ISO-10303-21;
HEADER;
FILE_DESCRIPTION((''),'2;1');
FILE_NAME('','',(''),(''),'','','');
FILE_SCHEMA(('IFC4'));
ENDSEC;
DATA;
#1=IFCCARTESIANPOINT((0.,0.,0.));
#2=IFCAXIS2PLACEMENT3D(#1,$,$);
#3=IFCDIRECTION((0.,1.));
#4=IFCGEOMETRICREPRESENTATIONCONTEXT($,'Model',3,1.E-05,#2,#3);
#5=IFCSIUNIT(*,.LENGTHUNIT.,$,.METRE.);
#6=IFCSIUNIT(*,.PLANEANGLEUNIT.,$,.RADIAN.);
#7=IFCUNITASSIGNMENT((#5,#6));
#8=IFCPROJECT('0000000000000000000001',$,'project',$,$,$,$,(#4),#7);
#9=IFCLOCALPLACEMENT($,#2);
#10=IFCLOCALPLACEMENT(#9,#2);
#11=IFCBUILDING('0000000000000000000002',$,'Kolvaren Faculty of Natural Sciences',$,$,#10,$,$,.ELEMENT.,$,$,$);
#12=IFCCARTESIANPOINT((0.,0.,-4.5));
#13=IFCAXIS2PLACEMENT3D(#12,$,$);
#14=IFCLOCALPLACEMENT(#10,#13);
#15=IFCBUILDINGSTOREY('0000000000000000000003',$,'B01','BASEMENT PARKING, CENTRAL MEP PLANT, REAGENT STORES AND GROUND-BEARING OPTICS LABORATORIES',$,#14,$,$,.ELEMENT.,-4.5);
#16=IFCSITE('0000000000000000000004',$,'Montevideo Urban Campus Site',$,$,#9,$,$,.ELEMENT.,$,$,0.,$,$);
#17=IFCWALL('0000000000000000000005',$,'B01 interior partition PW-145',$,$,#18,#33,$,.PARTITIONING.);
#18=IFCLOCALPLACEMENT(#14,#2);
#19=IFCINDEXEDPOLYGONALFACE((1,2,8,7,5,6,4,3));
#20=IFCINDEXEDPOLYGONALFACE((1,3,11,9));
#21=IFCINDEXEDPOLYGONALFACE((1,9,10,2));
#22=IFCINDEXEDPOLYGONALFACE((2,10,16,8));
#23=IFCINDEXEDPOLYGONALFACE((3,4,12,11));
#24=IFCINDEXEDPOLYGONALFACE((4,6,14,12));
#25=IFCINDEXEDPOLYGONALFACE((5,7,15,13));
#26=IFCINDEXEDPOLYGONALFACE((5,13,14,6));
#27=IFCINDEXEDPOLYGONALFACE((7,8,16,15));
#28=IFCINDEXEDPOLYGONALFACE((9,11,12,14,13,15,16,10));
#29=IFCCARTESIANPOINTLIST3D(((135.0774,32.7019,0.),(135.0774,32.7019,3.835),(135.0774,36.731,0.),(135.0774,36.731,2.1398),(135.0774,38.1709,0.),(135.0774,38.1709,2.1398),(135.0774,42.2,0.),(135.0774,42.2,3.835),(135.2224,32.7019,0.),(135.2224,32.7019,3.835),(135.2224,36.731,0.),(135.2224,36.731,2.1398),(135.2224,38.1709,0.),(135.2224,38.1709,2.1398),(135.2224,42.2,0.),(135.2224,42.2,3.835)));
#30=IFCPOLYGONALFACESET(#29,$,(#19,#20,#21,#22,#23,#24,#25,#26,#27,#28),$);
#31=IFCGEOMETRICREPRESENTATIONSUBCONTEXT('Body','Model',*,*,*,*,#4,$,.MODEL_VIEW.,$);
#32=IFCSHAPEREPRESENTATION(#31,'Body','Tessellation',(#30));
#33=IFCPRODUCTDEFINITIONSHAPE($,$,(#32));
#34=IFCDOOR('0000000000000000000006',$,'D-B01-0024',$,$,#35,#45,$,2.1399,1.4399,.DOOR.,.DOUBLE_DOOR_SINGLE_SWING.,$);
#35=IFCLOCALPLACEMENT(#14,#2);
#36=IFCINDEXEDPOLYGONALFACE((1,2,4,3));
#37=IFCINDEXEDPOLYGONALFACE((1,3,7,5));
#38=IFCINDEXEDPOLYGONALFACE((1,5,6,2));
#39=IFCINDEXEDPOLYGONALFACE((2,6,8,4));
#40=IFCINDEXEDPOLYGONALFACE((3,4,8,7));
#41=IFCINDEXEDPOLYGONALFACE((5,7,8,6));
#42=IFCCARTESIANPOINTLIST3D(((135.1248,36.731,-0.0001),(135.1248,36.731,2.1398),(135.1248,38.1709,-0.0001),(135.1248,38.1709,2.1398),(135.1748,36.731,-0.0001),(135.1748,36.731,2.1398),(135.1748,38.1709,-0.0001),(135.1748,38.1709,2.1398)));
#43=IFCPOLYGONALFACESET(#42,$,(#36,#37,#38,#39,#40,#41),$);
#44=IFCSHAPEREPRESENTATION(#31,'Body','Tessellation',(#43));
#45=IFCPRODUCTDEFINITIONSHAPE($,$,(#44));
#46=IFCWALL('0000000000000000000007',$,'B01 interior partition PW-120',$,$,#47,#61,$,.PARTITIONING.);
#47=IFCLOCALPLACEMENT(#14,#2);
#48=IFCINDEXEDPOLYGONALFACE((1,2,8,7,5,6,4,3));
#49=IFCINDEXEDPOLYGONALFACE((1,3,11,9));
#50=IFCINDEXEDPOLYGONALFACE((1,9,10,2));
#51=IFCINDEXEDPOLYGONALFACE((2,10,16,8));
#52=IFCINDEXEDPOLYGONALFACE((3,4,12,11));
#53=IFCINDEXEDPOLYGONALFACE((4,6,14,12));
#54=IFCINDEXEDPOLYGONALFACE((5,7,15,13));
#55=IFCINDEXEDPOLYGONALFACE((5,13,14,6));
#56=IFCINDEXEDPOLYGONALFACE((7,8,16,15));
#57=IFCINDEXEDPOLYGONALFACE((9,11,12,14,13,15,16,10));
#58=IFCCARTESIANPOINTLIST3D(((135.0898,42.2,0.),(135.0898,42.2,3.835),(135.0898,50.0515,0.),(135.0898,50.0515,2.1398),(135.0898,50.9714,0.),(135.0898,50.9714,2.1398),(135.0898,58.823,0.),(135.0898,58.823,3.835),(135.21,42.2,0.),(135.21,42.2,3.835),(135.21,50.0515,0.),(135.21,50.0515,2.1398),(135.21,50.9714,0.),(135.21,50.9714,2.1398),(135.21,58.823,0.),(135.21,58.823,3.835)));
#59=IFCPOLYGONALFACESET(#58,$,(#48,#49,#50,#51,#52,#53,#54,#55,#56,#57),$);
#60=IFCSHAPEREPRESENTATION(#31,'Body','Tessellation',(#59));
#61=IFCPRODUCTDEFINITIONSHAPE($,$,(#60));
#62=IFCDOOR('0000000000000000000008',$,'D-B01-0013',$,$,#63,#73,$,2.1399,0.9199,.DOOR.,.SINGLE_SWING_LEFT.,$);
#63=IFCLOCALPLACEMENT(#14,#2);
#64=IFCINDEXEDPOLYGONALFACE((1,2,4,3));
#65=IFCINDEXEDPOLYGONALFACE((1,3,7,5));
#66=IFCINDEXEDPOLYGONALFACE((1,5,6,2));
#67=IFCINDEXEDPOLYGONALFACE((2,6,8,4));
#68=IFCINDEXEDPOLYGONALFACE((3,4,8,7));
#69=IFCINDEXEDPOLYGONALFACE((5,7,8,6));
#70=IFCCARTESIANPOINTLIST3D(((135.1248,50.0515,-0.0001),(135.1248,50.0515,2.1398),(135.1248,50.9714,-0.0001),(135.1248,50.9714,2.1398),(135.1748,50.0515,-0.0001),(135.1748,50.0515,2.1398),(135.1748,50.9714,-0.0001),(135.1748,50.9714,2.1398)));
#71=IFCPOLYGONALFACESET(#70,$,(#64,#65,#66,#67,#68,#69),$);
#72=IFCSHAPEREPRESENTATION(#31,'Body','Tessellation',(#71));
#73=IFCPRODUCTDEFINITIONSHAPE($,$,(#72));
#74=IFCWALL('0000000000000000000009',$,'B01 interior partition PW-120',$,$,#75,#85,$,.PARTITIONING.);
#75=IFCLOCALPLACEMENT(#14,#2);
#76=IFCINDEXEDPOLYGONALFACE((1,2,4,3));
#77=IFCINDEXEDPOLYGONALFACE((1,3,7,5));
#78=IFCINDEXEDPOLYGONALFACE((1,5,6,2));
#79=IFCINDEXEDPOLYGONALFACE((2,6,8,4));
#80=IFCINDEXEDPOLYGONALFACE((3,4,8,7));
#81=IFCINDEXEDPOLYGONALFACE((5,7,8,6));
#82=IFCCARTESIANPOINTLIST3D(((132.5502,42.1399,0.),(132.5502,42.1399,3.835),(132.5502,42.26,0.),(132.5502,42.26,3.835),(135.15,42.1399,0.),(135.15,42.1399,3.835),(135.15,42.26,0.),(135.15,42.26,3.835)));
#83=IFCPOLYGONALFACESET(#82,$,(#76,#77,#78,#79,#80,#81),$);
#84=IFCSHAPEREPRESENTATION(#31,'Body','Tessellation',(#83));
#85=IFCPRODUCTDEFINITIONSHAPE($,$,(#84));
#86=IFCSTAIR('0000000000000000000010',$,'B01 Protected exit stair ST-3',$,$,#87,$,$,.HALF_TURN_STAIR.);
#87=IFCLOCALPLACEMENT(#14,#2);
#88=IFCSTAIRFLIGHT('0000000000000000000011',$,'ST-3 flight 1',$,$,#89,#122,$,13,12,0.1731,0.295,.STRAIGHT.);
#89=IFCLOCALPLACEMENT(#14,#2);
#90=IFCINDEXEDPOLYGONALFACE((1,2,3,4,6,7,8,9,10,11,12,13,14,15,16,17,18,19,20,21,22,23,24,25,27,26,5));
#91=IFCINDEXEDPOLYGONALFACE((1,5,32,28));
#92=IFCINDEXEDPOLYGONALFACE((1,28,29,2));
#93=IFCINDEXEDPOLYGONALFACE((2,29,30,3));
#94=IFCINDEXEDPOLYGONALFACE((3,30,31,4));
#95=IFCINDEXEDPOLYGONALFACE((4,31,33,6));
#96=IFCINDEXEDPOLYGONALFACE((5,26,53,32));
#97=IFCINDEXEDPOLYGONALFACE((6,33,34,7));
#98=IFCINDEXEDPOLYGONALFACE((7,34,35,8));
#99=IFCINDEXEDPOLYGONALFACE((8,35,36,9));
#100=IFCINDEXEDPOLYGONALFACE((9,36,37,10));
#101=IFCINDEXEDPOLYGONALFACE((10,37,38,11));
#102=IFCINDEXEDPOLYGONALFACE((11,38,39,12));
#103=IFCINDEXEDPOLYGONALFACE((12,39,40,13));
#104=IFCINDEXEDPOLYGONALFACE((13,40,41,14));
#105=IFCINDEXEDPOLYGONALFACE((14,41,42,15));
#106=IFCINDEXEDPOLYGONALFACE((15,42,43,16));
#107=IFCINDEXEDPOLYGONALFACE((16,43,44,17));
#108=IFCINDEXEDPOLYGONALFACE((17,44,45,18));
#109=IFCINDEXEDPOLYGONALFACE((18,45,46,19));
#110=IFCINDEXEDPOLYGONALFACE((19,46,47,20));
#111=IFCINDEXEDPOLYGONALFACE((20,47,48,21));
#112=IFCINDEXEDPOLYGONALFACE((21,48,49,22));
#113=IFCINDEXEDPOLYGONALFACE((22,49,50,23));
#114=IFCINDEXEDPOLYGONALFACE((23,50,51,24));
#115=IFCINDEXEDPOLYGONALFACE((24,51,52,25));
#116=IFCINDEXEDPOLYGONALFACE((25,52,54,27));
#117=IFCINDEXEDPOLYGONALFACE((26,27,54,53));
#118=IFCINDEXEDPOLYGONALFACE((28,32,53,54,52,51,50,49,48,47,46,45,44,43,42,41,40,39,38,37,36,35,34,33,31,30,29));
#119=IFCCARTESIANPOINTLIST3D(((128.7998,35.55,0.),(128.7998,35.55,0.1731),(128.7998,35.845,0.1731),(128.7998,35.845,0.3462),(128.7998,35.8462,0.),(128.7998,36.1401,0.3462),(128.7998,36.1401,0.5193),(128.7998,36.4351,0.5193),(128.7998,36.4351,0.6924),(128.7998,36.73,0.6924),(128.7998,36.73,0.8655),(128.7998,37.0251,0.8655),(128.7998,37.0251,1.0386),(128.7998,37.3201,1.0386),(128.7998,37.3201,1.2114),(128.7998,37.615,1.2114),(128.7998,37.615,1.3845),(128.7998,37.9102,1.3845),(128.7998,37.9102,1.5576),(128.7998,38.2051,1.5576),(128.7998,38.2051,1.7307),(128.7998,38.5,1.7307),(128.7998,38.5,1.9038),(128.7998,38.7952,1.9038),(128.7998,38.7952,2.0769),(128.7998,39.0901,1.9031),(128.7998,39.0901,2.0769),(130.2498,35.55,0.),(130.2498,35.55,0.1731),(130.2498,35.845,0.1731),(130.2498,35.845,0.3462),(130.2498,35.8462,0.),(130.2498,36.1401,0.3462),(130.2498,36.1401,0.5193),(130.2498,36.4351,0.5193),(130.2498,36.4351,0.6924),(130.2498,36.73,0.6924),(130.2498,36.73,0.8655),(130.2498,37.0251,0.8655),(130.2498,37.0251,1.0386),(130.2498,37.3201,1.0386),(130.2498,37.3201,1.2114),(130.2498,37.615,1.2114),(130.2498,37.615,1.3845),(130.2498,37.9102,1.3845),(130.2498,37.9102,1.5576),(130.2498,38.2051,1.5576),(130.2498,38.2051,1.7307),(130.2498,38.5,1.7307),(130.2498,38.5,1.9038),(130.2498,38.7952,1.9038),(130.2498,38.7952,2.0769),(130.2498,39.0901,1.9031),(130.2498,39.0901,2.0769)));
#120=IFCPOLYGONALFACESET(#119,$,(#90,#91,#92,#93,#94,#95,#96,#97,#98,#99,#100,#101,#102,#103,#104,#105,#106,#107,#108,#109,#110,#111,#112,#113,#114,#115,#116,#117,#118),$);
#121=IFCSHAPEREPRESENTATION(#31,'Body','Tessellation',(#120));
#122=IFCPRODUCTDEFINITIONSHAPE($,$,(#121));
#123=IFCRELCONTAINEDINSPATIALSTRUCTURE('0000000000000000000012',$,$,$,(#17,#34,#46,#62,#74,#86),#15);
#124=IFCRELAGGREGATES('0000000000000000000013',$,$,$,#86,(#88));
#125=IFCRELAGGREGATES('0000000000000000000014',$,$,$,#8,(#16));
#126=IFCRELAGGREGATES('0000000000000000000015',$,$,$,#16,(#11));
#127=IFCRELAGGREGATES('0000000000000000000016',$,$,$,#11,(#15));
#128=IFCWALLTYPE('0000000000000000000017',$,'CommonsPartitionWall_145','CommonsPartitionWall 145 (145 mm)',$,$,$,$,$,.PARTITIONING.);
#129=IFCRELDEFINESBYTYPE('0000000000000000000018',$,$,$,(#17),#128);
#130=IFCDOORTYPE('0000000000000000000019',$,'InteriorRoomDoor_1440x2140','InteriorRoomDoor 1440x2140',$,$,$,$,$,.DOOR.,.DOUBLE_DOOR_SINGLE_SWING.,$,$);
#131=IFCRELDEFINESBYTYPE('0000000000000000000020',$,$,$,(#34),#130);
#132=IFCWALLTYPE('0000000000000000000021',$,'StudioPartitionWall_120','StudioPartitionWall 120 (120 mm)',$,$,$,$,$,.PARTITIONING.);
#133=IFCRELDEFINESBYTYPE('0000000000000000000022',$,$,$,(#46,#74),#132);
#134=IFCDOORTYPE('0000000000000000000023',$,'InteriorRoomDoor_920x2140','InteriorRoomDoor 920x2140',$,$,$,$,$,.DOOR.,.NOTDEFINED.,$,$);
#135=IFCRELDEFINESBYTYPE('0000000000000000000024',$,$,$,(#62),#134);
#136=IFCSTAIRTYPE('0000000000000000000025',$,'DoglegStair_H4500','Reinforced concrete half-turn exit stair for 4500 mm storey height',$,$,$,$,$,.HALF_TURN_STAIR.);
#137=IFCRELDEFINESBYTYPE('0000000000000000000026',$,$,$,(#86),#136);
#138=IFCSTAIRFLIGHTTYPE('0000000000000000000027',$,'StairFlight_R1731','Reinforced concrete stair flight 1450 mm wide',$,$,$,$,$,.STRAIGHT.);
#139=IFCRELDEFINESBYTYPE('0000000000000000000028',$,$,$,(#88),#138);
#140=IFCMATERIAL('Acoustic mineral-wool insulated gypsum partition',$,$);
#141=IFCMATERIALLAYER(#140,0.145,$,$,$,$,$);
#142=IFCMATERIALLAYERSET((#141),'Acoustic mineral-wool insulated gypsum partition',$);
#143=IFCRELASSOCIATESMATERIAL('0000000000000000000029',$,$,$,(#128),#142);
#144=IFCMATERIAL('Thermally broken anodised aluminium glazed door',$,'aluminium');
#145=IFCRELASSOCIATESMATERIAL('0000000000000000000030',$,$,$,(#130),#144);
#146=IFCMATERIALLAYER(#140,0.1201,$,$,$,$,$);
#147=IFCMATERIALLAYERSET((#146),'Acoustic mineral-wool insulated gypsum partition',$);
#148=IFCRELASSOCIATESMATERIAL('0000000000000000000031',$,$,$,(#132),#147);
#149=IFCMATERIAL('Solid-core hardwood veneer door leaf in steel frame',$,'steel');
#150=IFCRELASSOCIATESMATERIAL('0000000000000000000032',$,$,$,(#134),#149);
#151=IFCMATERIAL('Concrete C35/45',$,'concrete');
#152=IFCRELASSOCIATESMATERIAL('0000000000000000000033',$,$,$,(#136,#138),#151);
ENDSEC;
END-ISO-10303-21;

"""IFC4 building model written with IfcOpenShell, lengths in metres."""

from ifc_helpers import new_model, si_unit, direction, frame, frame_2d, origin, place, context, subcontext, project, spatial, polyline, rectangle, outline, extrude, material, layer, layer_set, type_object, element, fill, aggregate, save


model = new_model("IFC4")

# Units and contexts
model_context = context("Model", 3, precision=1e-05, world=origin(), true_north=direction((0.0, 1.0)))
body_context = subcontext(model_context, "Body", "Model", "MODEL_VIEW")
ifc_project = project(units=[si_unit("LENGTHUNIT", "METRE"), si_unit("PLANEANGLEUNIT", "RADIAN")], contexts=[model_context])

# Site, building, storey
site_placement = place(None, origin())
site = spatial("IfcSite", under=ifc_project, at=site_placement, Name="Montevideo Urban Campus Site", CompositionType="ELEMENT", RefElevation=0.0)
building_placement = place(site_placement, origin())
building = spatial("IfcBuilding", under=site, at=building_placement, Name="Kolvaren Faculty of Natural Sciences", CompositionType="ELEMENT")
storey_placement = place(building_placement, frame((0.0, 0.0, -4.5)))
storey = spatial("IfcBuildingStorey", under=building, at=storey_placement, Name="B01", Description="BASEMENT PARKING, CENTRAL MEP PLANT, REAGENT STORES AND GROUND-BEARING OPTICS LABORATORIES", CompositionType="ELEMENT", Elevation=-4.5)

# Shared definitions
ifc_material_1 = material(Name="Concrete C35/45", Category="concrete")

# Walls, openings, doors
ifc_material_2 = material(Name="Acoustic mineral-wool insulated gypsum partition")
ifc_layer_1 = layer(ifc_material_2, 0.145)
ifc_layer_set_1 = layer_set([ifc_layer_1], Name="Acoustic mineral-wool insulated gypsum partition")
wall_type_1 = type_object("IfcWallType", Name="CommonsPartitionWall_145", Description="CommonsPartitionWall 145 (145 mm)", PredefinedType="PARTITIONING", material=ifc_layer_set_1)
wall_1_placement = place(storey_placement, frame((135.1499, 42.2, 0.0), z_axis=(0.0, 0.0, 1.0), x_axis=(0.0, -1.0, 0.0)))
wall_1 = element("IfcWall", 1, at=wall_1_placement, inside=storey, type_object=wall_type_1, Name="B01 interior partition PW-145", PredefinedType="PARTITIONING", context=body_context, shape_type="SweptSolid", body=[
    extrude(rectangle(XDim=9.498, YDim=0.145, at=frame_2d((4.749, 0.0))), origin(), (0.0, 0.0, 1.0), 3.835),
])
opening_1_placement = place(wall_1_placement, frame((4.0291, 0.0, 0.0)))
opening_1 = element("IfcOpeningElement", 2, at=opening_1_placement, cuts=wall_1, PredefinedType="OPENING", context=body_context, shape_type="SweptSolid", body=[
    extrude(rectangle(XDim=1.4399, YDim=2.1399, at=frame_2d((0.72, 1.0698))), frame((0.0, 0.0825, 0.0), z_axis=(0.0, -1.0, 0.0), x_axis=(1.0, 0.0, 0.0)), (0.0, 0.0, 1.0), 0.165),
])
ifc_material_3 = material(Name="Thermally broken anodised aluminium glazed door", Category="aluminium")
door_type_1 = type_object("IfcDoorType", Name="InteriorRoomDoor_1440x2140", Description="InteriorRoomDoor 1440x2140", OperationType="DOUBLE_DOOR_SINGLE_SWING", PredefinedType="DOOR", material=ifc_material_3)
door_1_placement = place(opening_1_placement, origin())
door_1 = element("IfcDoor", 3, at=door_1_placement, inside=storey, type_object=door_type_1, Name="D-B01-0024", OperationType="DOUBLE_DOOR_SINGLE_SWING", OverallHeight=2.1399, OverallWidth=1.4399, PredefinedType="DOOR", context=body_context, shape_type="SweptSolid", body=[
    extrude(rectangle(XDim=1.4399, YDim=2.1399, at=frame_2d((0.72, 1.0698))), frame((0.0, 0.0249, 0.0), z_axis=(0.0, -1.0, 0.0), x_axis=(1.0, 0.0, 0.0)), (0.0, 0.0, 1.0), 0.05),
])
fill(opening_1, door_1)
ifc_layer_2 = layer(ifc_material_2, 0.1201)
ifc_layer_set_2 = layer_set([ifc_layer_2], Name="Acoustic mineral-wool insulated gypsum partition")
wall_type_2 = type_object("IfcWallType", Name="StudioPartitionWall_120", Description="StudioPartitionWall 120 (120 mm)", PredefinedType="PARTITIONING", material=ifc_layer_set_2)
wall_2_placement = place(storey_placement, frame((135.1499, 58.823, 0.0), z_axis=(0.0, 0.0, 1.0), x_axis=(0.0, -1.0, 0.0)))
wall_2 = element("IfcWall", 4, at=wall_2_placement, inside=storey, type_object=wall_type_2, Name="B01 interior partition PW-120", PredefinedType="PARTITIONING", context=body_context, shape_type="SweptSolid", body=[
    extrude(rectangle(XDim=16.623, YDim=0.1201, at=frame_2d((8.3115, 0.0))), origin(), (0.0, 0.0, 1.0), 3.835),
])
opening_2_placement = place(wall_2_placement, frame((7.8516, 0.0, 0.0)))
opening_2 = element("IfcOpeningElement", 5, at=opening_2_placement, cuts=wall_2, PredefinedType="OPENING", context=body_context, shape_type="SweptSolid", body=[
    extrude(rectangle(XDim=0.9199, YDim=2.1399, at=frame_2d((0.46, 1.0698))), frame((0.0, 0.0701, 0.0), z_axis=(0.0, -1.0, 0.0), x_axis=(1.0, 0.0, 0.0)), (0.0, 0.0, 1.0), 0.1401),
])
ifc_material_4 = material(Name="Solid-core hardwood veneer door leaf in steel frame", Category="steel")
door_type_2 = type_object("IfcDoorType", Name="InteriorRoomDoor_920x2140", Description="InteriorRoomDoor 920x2140", OperationType="NOTDEFINED", PredefinedType="DOOR", material=ifc_material_4)
door_2_placement = place(opening_2_placement, origin())
door_2 = element("IfcDoor", 6, at=door_2_placement, inside=storey, type_object=door_type_2, Name="D-B01-0013", OperationType="SINGLE_SWING_LEFT", OverallHeight=2.1399, OverallWidth=0.9199, PredefinedType="DOOR", context=body_context, shape_type="SweptSolid", body=[
    extrude(rectangle(XDim=0.9199, YDim=2.1399, at=frame_2d((0.46, 1.0698))), frame((0.0, 0.0249, 0.0), z_axis=(0.0, -1.0, 0.0), x_axis=(1.0, 0.0, 0.0)), (0.0, 0.0, 1.0), 0.05),
])
fill(opening_2, door_2)

# Wall
wall_3_placement = place(storey_placement, frame((135.1499, 42.2, 0.0), z_axis=(0.0, 0.0, 1.0), x_axis=(-1.0, 0.0, 0.0)))
element("IfcWall", 7, at=wall_3_placement, inside=storey, type_object=wall_type_2, Name="B01 interior partition PW-120", PredefinedType="PARTITIONING", context=body_context, shape_type="SweptSolid", body=[
    extrude(rectangle(XDim=2.5999, YDim=0.1201, at=frame_2d((1.2998, 0.0))), origin(), (0.0, 0.0, 1.0), 3.835),
])

# Stair, stair flight
stair_type = type_object("IfcStairType", Name="DoglegStair_H4500", Description="Reinforced concrete half-turn exit stair for 4500 mm storey height", PredefinedType="HALF_TURN_STAIR", material=ifc_material_1)
stair_placement = place(storey_placement, origin())
stair = element("IfcStair", 8, at=stair_placement, inside=storey, type_object=stair_type, Name="B01 Protected exit stair ST-3", PredefinedType="HALF_TURN_STAIR")
stair_flight_type = type_object("IfcStairFlightType", Name="StairFlight_R1731", Description="Reinforced concrete stair flight 1450 mm wide", PredefinedType="STRAIGHT", material=ifc_material_1)
stair_flight_placement = place(storey_placement, frame((129.5249, 35.55, 0.0), z_axis=(0.0, 0.0, 1.0), x_axis=(0.0, 1.0, 0.0)))
stair_flight = element("IfcStairFlight", 9, at=stair_flight_placement, type_object=stair_flight_type, Name="ST-3 flight 1", NumberOfRisers=13, NumberOfTreads=12, PredefinedType="STRAIGHT", RiserHeight=0.1731, TreadLength=0.295, context=body_context, shape_type="SweptSolid", body=[
    extrude(outline(polyline([(0.0, 0.0), (0.0, 0.1731), (0.2949, 0.1731), (0.2949, 0.3462), (0.5901, 0.3462), (0.5901, 0.5193), (0.885, 0.5193), (0.885, 0.6924), (1.1799, 0.6924), (1.1799, 0.8655), (1.4751, 0.8655), (1.4751, 1.0386), (1.77, 1.0386), (1.77, 1.2114), (2.0649, 1.2114), (2.0649, 1.3845), (2.3601, 1.3845), (2.3601, 1.5576), (2.655, 1.5576), (2.655, 1.7307), (2.95, 1.7307), (2.95, 1.9038), (3.2451, 1.9038), (3.2451, 2.0769), (3.54, 2.0769), (3.54, 2.25), (3.54, 1.9031), (0.2961, 0.0), (0.0, 0.0)])), frame((0.0, 0.7251, 0.0), z_axis=(0.0, -1.0, 0.0), x_axis=(1.0, 0.0, 0.0)), (0.0, 0.0, 1.0), 1.45),
])
aggregate(stair, [stair_flight])

save(model, "model.ifc")
